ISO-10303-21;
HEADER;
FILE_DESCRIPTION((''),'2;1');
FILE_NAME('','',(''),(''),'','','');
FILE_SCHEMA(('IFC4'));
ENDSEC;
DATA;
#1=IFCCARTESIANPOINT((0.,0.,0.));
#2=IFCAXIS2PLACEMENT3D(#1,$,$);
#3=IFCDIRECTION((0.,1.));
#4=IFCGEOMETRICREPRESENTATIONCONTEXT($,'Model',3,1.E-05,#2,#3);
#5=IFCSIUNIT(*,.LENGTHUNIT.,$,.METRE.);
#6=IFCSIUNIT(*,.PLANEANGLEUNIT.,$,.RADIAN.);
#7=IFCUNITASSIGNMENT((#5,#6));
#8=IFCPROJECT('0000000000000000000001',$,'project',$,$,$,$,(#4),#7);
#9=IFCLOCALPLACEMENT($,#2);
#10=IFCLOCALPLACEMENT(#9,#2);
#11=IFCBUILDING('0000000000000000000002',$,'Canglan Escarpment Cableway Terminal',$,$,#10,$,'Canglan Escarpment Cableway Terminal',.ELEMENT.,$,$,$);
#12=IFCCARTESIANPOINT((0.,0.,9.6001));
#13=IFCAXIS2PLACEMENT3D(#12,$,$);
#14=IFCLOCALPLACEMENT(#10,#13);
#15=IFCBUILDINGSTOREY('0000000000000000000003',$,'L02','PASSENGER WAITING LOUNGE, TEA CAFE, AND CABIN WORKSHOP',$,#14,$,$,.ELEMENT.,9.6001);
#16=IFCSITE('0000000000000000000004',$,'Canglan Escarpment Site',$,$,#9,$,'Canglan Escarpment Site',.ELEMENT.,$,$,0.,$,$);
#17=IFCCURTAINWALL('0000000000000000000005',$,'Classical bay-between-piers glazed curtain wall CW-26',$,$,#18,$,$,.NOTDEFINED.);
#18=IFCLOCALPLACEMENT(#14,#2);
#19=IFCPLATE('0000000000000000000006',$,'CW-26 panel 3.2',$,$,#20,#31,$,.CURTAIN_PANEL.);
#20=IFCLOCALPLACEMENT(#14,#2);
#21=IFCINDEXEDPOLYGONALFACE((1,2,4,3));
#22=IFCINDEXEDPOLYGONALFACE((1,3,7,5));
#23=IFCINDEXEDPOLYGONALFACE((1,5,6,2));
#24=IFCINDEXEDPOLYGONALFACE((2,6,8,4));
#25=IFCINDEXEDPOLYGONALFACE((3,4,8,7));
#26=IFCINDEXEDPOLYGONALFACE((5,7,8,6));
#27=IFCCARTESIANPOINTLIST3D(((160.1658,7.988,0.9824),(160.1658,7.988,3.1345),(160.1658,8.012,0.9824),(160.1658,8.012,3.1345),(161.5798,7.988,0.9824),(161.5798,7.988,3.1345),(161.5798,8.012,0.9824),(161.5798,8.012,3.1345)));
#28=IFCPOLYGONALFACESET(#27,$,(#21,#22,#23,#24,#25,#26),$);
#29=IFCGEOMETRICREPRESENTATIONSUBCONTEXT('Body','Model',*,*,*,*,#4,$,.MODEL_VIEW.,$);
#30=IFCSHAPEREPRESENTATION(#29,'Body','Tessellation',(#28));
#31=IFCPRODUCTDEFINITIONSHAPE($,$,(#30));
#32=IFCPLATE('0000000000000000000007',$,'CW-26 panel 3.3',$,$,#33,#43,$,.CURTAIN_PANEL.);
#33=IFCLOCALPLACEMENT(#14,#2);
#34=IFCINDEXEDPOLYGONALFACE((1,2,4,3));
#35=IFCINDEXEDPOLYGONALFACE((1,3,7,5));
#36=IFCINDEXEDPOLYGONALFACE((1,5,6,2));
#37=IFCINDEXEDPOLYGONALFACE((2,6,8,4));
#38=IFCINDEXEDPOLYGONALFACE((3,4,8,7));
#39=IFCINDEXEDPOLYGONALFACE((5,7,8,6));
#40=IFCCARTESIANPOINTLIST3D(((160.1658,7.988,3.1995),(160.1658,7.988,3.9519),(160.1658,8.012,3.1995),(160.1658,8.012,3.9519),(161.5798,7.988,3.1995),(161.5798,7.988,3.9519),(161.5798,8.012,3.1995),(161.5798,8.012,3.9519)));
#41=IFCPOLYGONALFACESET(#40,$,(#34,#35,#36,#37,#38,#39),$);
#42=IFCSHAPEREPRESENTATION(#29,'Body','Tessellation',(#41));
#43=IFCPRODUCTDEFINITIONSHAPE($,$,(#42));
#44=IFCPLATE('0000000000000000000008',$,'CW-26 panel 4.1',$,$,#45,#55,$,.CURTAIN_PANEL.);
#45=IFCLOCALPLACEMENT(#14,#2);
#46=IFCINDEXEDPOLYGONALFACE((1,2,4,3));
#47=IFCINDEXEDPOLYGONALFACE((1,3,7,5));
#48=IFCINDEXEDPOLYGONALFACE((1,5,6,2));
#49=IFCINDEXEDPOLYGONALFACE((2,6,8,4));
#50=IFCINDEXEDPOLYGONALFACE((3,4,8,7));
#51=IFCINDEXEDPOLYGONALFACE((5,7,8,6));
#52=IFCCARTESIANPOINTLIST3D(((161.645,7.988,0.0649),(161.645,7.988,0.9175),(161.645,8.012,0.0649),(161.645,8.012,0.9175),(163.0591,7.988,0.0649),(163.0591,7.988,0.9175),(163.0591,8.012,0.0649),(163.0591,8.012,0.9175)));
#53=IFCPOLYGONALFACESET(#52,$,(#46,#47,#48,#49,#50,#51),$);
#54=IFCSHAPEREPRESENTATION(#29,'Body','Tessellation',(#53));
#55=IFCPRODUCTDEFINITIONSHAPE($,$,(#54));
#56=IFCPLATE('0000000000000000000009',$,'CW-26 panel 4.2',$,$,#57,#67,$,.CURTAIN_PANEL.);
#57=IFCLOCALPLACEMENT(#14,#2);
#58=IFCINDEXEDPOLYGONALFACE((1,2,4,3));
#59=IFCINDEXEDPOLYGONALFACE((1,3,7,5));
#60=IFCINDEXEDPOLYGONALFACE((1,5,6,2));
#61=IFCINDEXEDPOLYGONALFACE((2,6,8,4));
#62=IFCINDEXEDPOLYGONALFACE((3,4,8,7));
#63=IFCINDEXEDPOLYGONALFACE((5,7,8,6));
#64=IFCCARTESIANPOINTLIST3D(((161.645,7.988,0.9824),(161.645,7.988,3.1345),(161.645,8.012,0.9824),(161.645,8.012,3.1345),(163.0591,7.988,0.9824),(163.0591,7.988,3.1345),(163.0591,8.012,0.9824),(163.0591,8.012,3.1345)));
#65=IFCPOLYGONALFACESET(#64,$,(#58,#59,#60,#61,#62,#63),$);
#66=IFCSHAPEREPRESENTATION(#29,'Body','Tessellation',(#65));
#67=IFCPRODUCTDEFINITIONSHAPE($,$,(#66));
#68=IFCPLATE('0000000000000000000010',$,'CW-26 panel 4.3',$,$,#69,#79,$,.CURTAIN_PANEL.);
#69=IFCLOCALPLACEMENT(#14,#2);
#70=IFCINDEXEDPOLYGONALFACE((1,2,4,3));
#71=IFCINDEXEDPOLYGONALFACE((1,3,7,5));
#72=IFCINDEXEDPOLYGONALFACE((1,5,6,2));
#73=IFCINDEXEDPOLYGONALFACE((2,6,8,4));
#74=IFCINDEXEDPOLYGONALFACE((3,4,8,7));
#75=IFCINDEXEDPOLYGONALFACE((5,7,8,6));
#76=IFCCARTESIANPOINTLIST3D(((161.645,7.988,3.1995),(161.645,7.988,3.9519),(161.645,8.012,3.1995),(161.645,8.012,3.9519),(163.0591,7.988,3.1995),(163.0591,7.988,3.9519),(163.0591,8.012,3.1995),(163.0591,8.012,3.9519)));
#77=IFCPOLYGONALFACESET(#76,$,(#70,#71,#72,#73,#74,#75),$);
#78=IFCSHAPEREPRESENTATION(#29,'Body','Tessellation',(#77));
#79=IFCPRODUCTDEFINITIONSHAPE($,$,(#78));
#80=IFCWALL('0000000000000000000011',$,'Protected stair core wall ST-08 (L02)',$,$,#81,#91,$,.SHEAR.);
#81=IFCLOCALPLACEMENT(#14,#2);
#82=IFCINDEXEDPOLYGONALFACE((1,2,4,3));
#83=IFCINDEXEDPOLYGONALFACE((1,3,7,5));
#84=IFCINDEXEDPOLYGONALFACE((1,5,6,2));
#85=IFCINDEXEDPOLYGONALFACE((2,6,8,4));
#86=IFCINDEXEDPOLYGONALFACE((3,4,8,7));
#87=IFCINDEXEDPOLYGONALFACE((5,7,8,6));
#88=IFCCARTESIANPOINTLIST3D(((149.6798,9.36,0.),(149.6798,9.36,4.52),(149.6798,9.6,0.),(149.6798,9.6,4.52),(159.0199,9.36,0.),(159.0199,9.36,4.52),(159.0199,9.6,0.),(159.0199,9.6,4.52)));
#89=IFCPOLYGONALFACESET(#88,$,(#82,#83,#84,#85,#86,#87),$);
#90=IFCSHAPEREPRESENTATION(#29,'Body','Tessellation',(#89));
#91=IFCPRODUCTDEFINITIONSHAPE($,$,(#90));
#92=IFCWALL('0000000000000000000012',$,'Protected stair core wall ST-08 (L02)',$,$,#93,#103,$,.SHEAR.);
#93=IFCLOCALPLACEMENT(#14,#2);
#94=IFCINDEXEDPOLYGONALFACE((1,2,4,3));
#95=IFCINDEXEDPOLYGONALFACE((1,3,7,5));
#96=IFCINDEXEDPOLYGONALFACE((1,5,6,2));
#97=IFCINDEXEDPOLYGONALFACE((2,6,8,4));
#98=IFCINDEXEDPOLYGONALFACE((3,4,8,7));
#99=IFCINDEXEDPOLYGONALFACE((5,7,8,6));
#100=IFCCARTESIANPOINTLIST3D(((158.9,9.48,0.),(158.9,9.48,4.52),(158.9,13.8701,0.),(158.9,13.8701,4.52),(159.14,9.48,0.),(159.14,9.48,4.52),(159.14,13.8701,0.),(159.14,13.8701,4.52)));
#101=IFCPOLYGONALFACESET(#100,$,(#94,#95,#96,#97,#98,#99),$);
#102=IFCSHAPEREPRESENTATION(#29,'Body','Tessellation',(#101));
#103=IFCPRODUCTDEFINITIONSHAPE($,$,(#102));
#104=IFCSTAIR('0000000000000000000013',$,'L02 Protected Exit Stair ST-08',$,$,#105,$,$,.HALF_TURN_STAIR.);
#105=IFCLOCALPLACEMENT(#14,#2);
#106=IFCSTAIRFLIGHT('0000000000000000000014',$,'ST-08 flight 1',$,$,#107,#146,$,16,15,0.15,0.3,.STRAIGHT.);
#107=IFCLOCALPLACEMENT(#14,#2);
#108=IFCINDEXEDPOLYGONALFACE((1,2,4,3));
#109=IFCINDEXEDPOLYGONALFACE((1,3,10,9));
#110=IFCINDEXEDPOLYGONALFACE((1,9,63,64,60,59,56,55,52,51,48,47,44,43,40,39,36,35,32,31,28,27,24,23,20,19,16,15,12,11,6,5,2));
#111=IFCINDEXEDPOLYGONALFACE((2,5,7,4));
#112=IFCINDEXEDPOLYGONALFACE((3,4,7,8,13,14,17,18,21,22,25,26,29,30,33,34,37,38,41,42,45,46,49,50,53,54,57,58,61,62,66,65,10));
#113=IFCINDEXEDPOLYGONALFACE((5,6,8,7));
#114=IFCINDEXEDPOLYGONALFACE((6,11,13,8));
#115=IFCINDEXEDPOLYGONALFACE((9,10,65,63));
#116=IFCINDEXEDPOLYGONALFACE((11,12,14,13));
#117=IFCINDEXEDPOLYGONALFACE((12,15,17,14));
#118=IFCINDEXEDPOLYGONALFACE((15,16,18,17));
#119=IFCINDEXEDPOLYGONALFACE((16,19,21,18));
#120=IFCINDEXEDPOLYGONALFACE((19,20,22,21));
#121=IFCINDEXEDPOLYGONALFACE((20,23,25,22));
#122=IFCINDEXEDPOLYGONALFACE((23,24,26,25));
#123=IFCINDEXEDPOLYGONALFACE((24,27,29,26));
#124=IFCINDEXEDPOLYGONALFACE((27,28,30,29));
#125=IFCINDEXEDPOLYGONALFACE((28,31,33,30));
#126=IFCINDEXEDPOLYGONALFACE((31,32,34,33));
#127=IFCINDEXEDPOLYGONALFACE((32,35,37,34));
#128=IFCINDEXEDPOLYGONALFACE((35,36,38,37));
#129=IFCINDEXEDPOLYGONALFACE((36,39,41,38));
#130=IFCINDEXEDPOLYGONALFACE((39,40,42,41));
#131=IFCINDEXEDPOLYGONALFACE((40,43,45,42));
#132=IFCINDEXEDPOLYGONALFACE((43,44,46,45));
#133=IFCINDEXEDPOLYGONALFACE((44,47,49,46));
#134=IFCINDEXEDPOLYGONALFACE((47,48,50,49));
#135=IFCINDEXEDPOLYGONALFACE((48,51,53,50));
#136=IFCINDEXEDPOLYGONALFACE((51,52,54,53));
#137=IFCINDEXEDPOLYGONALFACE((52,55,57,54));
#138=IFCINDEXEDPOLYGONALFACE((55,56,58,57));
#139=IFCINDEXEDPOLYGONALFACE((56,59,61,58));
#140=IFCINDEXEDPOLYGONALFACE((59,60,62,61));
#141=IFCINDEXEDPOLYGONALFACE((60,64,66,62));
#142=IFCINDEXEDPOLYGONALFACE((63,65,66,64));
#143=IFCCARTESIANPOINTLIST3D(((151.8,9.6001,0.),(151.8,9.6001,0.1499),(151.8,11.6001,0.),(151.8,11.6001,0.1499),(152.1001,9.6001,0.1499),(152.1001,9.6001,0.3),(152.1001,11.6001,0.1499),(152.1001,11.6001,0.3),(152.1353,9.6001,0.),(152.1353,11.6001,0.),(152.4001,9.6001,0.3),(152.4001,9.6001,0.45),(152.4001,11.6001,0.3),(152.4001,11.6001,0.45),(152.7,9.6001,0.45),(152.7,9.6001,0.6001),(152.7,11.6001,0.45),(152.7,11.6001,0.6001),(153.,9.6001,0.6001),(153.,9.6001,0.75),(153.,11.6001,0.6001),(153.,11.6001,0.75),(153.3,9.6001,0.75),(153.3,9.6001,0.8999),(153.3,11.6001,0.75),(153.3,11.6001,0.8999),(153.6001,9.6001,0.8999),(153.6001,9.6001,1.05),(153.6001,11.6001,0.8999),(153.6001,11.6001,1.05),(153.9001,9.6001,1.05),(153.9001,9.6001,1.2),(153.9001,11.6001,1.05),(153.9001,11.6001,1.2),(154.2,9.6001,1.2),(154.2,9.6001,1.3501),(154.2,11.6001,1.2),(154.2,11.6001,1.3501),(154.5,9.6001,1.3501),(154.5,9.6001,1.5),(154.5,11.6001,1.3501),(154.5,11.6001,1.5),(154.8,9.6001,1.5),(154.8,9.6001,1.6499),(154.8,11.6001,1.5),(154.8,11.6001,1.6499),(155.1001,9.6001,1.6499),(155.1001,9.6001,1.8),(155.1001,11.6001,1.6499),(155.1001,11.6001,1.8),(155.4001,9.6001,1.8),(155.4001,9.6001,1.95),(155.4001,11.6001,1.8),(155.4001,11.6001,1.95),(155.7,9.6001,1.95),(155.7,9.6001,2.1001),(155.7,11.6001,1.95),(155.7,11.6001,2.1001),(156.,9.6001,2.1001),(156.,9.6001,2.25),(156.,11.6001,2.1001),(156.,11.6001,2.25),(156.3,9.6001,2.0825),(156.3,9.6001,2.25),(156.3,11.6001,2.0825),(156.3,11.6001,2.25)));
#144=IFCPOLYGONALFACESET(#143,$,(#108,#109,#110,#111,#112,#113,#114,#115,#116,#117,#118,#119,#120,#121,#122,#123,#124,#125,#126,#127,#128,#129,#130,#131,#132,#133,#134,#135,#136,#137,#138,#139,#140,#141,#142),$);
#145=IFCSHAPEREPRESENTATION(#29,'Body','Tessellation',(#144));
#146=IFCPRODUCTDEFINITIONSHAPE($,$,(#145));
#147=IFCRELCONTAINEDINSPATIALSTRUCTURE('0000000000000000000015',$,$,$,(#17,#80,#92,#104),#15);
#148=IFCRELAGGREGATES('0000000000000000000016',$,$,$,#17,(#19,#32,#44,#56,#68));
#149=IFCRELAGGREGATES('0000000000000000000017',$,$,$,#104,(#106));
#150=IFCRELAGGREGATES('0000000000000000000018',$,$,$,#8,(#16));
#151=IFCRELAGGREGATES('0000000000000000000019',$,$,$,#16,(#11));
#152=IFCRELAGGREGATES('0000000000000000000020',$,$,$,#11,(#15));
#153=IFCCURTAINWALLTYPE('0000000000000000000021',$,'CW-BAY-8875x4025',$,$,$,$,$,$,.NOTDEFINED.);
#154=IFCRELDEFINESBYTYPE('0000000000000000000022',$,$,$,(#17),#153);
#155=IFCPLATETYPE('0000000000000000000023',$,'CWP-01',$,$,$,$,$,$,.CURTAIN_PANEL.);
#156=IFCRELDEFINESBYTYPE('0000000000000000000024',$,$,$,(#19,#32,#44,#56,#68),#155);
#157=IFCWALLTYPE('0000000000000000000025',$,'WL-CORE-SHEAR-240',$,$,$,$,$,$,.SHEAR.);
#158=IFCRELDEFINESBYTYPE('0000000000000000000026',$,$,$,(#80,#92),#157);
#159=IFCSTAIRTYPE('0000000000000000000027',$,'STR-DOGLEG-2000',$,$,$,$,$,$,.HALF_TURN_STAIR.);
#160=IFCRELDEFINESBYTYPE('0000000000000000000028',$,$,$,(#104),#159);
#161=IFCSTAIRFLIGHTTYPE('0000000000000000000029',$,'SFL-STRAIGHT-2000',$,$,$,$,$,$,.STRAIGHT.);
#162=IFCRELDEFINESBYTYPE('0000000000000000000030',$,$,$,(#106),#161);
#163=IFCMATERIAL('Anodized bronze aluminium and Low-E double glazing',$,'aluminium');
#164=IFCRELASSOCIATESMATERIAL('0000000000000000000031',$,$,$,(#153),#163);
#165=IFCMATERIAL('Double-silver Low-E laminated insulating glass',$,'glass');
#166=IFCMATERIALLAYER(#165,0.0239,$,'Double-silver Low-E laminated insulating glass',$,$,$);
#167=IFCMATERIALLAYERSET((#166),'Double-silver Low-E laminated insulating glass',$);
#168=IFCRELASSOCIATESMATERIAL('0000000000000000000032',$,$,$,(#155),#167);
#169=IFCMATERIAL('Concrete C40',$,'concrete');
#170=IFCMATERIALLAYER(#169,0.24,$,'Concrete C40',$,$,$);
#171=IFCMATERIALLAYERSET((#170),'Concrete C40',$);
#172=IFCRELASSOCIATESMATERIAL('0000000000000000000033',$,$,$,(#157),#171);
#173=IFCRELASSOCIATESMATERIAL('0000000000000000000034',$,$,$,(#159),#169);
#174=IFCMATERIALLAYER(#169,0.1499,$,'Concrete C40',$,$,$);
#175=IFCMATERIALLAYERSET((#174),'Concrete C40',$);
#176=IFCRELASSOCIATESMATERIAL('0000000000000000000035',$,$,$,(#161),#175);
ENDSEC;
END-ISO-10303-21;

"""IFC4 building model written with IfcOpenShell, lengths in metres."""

from ifc_helpers import new_model, si_unit, direction, frame, frame_2d, origin, origin_2d, place, context, subcontext, project, spatial, polyline, rectangle, outline, extrude, material, layer, layer_set, type_object, element, aggregate, save


model = new_model("IFC4")

# Units and contexts
model_context = context("Model", 3, precision=1e-05, world=origin(), true_north=direction((0.0, 1.0)))
body_context = subcontext(model_context, "Body", "Model", "MODEL_VIEW")
ifc_project = project(units=[si_unit("LENGTHUNIT", "METRE"), si_unit("PLANEANGLEUNIT", "RADIAN")], contexts=[model_context])

# Site, building, storey
site_placement = place(None, origin())
site = spatial("IfcSite", under=ifc_project, at=site_placement, Name="Canglan Escarpment Site", LongName="Canglan Escarpment Site", CompositionType="ELEMENT", RefElevation=0.0)
building_placement = place(site_placement, origin())
building = spatial("IfcBuilding", under=site, at=building_placement, Name="Canglan Escarpment Cableway Terminal", LongName="Canglan Escarpment Cableway Terminal", CompositionType="ELEMENT")
storey_placement = place(building_placement, frame((0.0, 0.0, 9.6001)))
storey = spatial("IfcBuildingStorey", under=building, at=storey_placement, Name="L02", Description="PASSENGER WAITING LOUNGE, TEA CAFE, AND CABIN WORKSHOP", CompositionType="ELEMENT", Elevation=9.6001)

# Curtain wall, plates
ifc_material_1 = material(Name="Anodized bronze aluminium and Low-E double glazing", Category="aluminium")
curtain_wall_type = type_object("IfcCurtainWallType", Name="CW-BAY-8875x4025", PredefinedType="NOTDEFINED", material=ifc_material_1)
curtain_wall_placement = place(storey_placement, origin())
curtain_wall = element("IfcCurtainWall", 1, at=curtain_wall_placement, inside=storey, type_object=curtain_wall_type, Name="Classical bay-between-piers glazed curtain wall CW-26", PredefinedType="NOTDEFINED")
ifc_material_2 = material(Name="Double-silver Low-E laminated insulating glass", Category="glass")
ifc_layer_1 = layer(ifc_material_2, 0.0239, Name="Double-silver Low-E laminated insulating glass")
ifc_layer_set_1 = layer_set([ifc_layer_1], Name="Double-silver Low-E laminated insulating glass")
plate_type = type_object("IfcPlateType", Name="CWP-01", PredefinedType="CURTAIN_PANEL", material=ifc_layer_set_1)
plate_1_placement = place(storey_placement, frame((160.8728, 8.0, 0.9824), z_axis=(0.0, 0.0, 1.0), x_axis=(1.0, 0.0, 0.0)))
plate_1 = element("IfcPlate", 2, at=plate_1_placement, type_object=plate_type, Name="CW-26 panel 3.2", PredefinedType="CURTAIN_PANEL", context=body_context, shape_type="SweptSolid", body=[
    extrude(rectangle(XDim=1.4141, YDim=0.0239, at=origin_2d()), origin(), (0.0, 0.0, 1.0), 2.1521),
])
plate_2_placement = place(storey_placement, frame((160.8728, 8.0, 3.1995), z_axis=(0.0, 0.0, 1.0), x_axis=(1.0, 0.0, 0.0)))
plate_2 = element("IfcPlate", 3, at=plate_2_placement, type_object=plate_type, Name="CW-26 panel 3.3", PredefinedType="CURTAIN_PANEL", context=body_context, shape_type="SweptSolid", body=[
    extrude(rectangle(XDim=1.4141, YDim=0.0239, at=origin_2d()), origin(), (0.0, 0.0, 1.0), 0.7524),
])
plate_3_placement = place(storey_placement, frame((162.3521, 8.0, 0.0649), z_axis=(0.0, 0.0, 1.0), x_axis=(1.0, 0.0, 0.0)))
plate_3 = element("IfcPlate", 4, at=plate_3_placement, type_object=plate_type, Name="CW-26 panel 4.1", PredefinedType="CURTAIN_PANEL", context=body_context, shape_type="SweptSolid", body=[
    extrude(rectangle(XDim=1.4141, YDim=0.0239, at=origin_2d()), origin(), (0.0, 0.0, 1.0), 0.8525),
])
plate_4_placement = place(storey_placement, frame((162.3521, 8.0, 0.9824), z_axis=(0.0, 0.0, 1.0), x_axis=(1.0, 0.0, 0.0)))
plate_4 = element("IfcPlate", 5, at=plate_4_placement, type_object=plate_type, Name="CW-26 panel 4.2", PredefinedType="CURTAIN_PANEL", context=body_context, shape_type="SweptSolid", body=[
    extrude(rectangle(XDim=1.4141, YDim=0.0239, at=origin_2d()), origin(), (0.0, 0.0, 1.0), 2.1521),
])
plate_5_placement = place(storey_placement, frame((162.3521, 8.0, 3.1995), z_axis=(0.0, 0.0, 1.0), x_axis=(1.0, 0.0, 0.0)))
plate_5 = element("IfcPlate", 6, at=plate_5_placement, type_object=plate_type, Name="CW-26 panel 4.3", PredefinedType="CURTAIN_PANEL", context=body_context, shape_type="SweptSolid", body=[
    extrude(rectangle(XDim=1.4141, YDim=0.0239, at=origin_2d()), origin(), (0.0, 0.0, 1.0), 0.7524),
])
aggregate(curtain_wall, [plate_1, plate_2, plate_3, plate_4, plate_5])

# Walls
ifc_material_3 = material(Name="Concrete C40", Category="concrete")
ifc_layer_2 = layer(ifc_material_3, 0.24, Name="Concrete C40")
ifc_layer_set_2 = layer_set([ifc_layer_2], Name="Concrete C40")
wall_type = type_object("IfcWallType", Name="WL-CORE-SHEAR-240", PredefinedType="SHEAR", material=ifc_layer_set_2)
wall_1_placement = place(storey_placement, frame((149.6799, 9.48, 0.0), z_axis=(0.0, 0.0, 1.0), x_axis=(1.0, 0.0, 0.0)))
element("IfcWall", 7, at=wall_1_placement, inside=storey, type_object=wall_type, Name="Protected stair core wall ST-08 (L02)", PredefinedType="SHEAR", context=body_context, shape_type="SweptSolid", body=[
    extrude(rectangle(XDim=9.3401, YDim=0.24, at=frame_2d((4.6699, 0.0))), origin(), (0.0, 0.0, 1.0), 4.52),
])
wall_2_placement = place(storey_placement, frame((159.02, 9.48, 0.0), z_axis=(0.0, 0.0, 1.0), x_axis=(0.0, 1.0, 0.0)))
element("IfcWall", 8, at=wall_2_placement, inside=storey, type_object=wall_type, Name="Protected stair core wall ST-08 (L02)", PredefinedType="SHEAR", context=body_context, shape_type="SweptSolid", body=[
    extrude(rectangle(XDim=4.3901, YDim=0.24, at=frame_2d((2.1951, 0.0))), origin(), (0.0, 0.0, 1.0), 4.52),
])

# Stair, stair flight
stair_type = type_object("IfcStairType", Name="STR-DOGLEG-2000", PredefinedType="HALF_TURN_STAIR", material=ifc_material_3)
stair_placement = place(storey_placement, origin())
stair = element("IfcStair", 9, at=stair_placement, inside=storey, type_object=stair_type, Name="L02 Protected Exit Stair ST-08", PredefinedType="HALF_TURN_STAIR")
ifc_layer_3 = layer(ifc_material_3, 0.1499, Name="Concrete C40")
ifc_layer_set_3 = layer_set([ifc_layer_3], Name="Concrete C40")
stair_flight_type = type_object("IfcStairFlightType", Name="SFL-STRAIGHT-2000", PredefinedType="STRAIGHT", material=ifc_layer_set_3)
stair_flight_placement = place(storey_placement, frame((151.8, 10.6001, 0.0), z_axis=(0.0, 0.0, 1.0), x_axis=(1.0, 0.0, 0.0)))
stair_flight = element("IfcStairFlight", 10, at=stair_flight_placement, type_object=stair_flight_type, Name="ST-08 flight 1", NumberOfRisers=16, NumberOfTreads=15, PredefinedType="STRAIGHT", RiserHeight=0.15, TreadLength=0.3, context=body_context, shape_type="SweptSolid", body=[
    extrude(outline(polyline([(0.0, 0.0), (0.0, 0.1499), (0.3, 0.1499), (0.3, 0.3), (0.6001, 0.3), (0.6001, 0.45), (0.8999, 0.45), (0.8999, 0.6001), (1.2, 0.6001), (1.2, 0.75), (1.5, 0.75), (1.5, 0.8999), (1.8, 0.8999), (1.8, 1.05), (2.1001, 1.05), (2.1001, 1.2), (2.3999, 1.2), (2.3999, 1.3501), (2.7, 1.3501), (2.7, 1.5), (3.0, 1.5), (3.0, 1.6499), (3.3, 1.6499), (3.3, 1.8), (3.6001, 1.8), (3.6001, 1.95), (3.8999, 1.95), (3.8999, 2.1001), (4.2, 2.1001), (4.2, 2.25), (4.5, 2.25), (4.5, 2.3999), (4.5, 2.0825), (0.3352, 0.0), (0.0, 0.0)])), frame((0.0, 1.0, 0.0), z_axis=(0.0, -1.0, 0.0), x_axis=(1.0, 0.0, 0.0)), (0.0, 0.0, 1.0), 2.0),
])
aggregate(stair, [stair_flight])

save(model, "model.ifc")
